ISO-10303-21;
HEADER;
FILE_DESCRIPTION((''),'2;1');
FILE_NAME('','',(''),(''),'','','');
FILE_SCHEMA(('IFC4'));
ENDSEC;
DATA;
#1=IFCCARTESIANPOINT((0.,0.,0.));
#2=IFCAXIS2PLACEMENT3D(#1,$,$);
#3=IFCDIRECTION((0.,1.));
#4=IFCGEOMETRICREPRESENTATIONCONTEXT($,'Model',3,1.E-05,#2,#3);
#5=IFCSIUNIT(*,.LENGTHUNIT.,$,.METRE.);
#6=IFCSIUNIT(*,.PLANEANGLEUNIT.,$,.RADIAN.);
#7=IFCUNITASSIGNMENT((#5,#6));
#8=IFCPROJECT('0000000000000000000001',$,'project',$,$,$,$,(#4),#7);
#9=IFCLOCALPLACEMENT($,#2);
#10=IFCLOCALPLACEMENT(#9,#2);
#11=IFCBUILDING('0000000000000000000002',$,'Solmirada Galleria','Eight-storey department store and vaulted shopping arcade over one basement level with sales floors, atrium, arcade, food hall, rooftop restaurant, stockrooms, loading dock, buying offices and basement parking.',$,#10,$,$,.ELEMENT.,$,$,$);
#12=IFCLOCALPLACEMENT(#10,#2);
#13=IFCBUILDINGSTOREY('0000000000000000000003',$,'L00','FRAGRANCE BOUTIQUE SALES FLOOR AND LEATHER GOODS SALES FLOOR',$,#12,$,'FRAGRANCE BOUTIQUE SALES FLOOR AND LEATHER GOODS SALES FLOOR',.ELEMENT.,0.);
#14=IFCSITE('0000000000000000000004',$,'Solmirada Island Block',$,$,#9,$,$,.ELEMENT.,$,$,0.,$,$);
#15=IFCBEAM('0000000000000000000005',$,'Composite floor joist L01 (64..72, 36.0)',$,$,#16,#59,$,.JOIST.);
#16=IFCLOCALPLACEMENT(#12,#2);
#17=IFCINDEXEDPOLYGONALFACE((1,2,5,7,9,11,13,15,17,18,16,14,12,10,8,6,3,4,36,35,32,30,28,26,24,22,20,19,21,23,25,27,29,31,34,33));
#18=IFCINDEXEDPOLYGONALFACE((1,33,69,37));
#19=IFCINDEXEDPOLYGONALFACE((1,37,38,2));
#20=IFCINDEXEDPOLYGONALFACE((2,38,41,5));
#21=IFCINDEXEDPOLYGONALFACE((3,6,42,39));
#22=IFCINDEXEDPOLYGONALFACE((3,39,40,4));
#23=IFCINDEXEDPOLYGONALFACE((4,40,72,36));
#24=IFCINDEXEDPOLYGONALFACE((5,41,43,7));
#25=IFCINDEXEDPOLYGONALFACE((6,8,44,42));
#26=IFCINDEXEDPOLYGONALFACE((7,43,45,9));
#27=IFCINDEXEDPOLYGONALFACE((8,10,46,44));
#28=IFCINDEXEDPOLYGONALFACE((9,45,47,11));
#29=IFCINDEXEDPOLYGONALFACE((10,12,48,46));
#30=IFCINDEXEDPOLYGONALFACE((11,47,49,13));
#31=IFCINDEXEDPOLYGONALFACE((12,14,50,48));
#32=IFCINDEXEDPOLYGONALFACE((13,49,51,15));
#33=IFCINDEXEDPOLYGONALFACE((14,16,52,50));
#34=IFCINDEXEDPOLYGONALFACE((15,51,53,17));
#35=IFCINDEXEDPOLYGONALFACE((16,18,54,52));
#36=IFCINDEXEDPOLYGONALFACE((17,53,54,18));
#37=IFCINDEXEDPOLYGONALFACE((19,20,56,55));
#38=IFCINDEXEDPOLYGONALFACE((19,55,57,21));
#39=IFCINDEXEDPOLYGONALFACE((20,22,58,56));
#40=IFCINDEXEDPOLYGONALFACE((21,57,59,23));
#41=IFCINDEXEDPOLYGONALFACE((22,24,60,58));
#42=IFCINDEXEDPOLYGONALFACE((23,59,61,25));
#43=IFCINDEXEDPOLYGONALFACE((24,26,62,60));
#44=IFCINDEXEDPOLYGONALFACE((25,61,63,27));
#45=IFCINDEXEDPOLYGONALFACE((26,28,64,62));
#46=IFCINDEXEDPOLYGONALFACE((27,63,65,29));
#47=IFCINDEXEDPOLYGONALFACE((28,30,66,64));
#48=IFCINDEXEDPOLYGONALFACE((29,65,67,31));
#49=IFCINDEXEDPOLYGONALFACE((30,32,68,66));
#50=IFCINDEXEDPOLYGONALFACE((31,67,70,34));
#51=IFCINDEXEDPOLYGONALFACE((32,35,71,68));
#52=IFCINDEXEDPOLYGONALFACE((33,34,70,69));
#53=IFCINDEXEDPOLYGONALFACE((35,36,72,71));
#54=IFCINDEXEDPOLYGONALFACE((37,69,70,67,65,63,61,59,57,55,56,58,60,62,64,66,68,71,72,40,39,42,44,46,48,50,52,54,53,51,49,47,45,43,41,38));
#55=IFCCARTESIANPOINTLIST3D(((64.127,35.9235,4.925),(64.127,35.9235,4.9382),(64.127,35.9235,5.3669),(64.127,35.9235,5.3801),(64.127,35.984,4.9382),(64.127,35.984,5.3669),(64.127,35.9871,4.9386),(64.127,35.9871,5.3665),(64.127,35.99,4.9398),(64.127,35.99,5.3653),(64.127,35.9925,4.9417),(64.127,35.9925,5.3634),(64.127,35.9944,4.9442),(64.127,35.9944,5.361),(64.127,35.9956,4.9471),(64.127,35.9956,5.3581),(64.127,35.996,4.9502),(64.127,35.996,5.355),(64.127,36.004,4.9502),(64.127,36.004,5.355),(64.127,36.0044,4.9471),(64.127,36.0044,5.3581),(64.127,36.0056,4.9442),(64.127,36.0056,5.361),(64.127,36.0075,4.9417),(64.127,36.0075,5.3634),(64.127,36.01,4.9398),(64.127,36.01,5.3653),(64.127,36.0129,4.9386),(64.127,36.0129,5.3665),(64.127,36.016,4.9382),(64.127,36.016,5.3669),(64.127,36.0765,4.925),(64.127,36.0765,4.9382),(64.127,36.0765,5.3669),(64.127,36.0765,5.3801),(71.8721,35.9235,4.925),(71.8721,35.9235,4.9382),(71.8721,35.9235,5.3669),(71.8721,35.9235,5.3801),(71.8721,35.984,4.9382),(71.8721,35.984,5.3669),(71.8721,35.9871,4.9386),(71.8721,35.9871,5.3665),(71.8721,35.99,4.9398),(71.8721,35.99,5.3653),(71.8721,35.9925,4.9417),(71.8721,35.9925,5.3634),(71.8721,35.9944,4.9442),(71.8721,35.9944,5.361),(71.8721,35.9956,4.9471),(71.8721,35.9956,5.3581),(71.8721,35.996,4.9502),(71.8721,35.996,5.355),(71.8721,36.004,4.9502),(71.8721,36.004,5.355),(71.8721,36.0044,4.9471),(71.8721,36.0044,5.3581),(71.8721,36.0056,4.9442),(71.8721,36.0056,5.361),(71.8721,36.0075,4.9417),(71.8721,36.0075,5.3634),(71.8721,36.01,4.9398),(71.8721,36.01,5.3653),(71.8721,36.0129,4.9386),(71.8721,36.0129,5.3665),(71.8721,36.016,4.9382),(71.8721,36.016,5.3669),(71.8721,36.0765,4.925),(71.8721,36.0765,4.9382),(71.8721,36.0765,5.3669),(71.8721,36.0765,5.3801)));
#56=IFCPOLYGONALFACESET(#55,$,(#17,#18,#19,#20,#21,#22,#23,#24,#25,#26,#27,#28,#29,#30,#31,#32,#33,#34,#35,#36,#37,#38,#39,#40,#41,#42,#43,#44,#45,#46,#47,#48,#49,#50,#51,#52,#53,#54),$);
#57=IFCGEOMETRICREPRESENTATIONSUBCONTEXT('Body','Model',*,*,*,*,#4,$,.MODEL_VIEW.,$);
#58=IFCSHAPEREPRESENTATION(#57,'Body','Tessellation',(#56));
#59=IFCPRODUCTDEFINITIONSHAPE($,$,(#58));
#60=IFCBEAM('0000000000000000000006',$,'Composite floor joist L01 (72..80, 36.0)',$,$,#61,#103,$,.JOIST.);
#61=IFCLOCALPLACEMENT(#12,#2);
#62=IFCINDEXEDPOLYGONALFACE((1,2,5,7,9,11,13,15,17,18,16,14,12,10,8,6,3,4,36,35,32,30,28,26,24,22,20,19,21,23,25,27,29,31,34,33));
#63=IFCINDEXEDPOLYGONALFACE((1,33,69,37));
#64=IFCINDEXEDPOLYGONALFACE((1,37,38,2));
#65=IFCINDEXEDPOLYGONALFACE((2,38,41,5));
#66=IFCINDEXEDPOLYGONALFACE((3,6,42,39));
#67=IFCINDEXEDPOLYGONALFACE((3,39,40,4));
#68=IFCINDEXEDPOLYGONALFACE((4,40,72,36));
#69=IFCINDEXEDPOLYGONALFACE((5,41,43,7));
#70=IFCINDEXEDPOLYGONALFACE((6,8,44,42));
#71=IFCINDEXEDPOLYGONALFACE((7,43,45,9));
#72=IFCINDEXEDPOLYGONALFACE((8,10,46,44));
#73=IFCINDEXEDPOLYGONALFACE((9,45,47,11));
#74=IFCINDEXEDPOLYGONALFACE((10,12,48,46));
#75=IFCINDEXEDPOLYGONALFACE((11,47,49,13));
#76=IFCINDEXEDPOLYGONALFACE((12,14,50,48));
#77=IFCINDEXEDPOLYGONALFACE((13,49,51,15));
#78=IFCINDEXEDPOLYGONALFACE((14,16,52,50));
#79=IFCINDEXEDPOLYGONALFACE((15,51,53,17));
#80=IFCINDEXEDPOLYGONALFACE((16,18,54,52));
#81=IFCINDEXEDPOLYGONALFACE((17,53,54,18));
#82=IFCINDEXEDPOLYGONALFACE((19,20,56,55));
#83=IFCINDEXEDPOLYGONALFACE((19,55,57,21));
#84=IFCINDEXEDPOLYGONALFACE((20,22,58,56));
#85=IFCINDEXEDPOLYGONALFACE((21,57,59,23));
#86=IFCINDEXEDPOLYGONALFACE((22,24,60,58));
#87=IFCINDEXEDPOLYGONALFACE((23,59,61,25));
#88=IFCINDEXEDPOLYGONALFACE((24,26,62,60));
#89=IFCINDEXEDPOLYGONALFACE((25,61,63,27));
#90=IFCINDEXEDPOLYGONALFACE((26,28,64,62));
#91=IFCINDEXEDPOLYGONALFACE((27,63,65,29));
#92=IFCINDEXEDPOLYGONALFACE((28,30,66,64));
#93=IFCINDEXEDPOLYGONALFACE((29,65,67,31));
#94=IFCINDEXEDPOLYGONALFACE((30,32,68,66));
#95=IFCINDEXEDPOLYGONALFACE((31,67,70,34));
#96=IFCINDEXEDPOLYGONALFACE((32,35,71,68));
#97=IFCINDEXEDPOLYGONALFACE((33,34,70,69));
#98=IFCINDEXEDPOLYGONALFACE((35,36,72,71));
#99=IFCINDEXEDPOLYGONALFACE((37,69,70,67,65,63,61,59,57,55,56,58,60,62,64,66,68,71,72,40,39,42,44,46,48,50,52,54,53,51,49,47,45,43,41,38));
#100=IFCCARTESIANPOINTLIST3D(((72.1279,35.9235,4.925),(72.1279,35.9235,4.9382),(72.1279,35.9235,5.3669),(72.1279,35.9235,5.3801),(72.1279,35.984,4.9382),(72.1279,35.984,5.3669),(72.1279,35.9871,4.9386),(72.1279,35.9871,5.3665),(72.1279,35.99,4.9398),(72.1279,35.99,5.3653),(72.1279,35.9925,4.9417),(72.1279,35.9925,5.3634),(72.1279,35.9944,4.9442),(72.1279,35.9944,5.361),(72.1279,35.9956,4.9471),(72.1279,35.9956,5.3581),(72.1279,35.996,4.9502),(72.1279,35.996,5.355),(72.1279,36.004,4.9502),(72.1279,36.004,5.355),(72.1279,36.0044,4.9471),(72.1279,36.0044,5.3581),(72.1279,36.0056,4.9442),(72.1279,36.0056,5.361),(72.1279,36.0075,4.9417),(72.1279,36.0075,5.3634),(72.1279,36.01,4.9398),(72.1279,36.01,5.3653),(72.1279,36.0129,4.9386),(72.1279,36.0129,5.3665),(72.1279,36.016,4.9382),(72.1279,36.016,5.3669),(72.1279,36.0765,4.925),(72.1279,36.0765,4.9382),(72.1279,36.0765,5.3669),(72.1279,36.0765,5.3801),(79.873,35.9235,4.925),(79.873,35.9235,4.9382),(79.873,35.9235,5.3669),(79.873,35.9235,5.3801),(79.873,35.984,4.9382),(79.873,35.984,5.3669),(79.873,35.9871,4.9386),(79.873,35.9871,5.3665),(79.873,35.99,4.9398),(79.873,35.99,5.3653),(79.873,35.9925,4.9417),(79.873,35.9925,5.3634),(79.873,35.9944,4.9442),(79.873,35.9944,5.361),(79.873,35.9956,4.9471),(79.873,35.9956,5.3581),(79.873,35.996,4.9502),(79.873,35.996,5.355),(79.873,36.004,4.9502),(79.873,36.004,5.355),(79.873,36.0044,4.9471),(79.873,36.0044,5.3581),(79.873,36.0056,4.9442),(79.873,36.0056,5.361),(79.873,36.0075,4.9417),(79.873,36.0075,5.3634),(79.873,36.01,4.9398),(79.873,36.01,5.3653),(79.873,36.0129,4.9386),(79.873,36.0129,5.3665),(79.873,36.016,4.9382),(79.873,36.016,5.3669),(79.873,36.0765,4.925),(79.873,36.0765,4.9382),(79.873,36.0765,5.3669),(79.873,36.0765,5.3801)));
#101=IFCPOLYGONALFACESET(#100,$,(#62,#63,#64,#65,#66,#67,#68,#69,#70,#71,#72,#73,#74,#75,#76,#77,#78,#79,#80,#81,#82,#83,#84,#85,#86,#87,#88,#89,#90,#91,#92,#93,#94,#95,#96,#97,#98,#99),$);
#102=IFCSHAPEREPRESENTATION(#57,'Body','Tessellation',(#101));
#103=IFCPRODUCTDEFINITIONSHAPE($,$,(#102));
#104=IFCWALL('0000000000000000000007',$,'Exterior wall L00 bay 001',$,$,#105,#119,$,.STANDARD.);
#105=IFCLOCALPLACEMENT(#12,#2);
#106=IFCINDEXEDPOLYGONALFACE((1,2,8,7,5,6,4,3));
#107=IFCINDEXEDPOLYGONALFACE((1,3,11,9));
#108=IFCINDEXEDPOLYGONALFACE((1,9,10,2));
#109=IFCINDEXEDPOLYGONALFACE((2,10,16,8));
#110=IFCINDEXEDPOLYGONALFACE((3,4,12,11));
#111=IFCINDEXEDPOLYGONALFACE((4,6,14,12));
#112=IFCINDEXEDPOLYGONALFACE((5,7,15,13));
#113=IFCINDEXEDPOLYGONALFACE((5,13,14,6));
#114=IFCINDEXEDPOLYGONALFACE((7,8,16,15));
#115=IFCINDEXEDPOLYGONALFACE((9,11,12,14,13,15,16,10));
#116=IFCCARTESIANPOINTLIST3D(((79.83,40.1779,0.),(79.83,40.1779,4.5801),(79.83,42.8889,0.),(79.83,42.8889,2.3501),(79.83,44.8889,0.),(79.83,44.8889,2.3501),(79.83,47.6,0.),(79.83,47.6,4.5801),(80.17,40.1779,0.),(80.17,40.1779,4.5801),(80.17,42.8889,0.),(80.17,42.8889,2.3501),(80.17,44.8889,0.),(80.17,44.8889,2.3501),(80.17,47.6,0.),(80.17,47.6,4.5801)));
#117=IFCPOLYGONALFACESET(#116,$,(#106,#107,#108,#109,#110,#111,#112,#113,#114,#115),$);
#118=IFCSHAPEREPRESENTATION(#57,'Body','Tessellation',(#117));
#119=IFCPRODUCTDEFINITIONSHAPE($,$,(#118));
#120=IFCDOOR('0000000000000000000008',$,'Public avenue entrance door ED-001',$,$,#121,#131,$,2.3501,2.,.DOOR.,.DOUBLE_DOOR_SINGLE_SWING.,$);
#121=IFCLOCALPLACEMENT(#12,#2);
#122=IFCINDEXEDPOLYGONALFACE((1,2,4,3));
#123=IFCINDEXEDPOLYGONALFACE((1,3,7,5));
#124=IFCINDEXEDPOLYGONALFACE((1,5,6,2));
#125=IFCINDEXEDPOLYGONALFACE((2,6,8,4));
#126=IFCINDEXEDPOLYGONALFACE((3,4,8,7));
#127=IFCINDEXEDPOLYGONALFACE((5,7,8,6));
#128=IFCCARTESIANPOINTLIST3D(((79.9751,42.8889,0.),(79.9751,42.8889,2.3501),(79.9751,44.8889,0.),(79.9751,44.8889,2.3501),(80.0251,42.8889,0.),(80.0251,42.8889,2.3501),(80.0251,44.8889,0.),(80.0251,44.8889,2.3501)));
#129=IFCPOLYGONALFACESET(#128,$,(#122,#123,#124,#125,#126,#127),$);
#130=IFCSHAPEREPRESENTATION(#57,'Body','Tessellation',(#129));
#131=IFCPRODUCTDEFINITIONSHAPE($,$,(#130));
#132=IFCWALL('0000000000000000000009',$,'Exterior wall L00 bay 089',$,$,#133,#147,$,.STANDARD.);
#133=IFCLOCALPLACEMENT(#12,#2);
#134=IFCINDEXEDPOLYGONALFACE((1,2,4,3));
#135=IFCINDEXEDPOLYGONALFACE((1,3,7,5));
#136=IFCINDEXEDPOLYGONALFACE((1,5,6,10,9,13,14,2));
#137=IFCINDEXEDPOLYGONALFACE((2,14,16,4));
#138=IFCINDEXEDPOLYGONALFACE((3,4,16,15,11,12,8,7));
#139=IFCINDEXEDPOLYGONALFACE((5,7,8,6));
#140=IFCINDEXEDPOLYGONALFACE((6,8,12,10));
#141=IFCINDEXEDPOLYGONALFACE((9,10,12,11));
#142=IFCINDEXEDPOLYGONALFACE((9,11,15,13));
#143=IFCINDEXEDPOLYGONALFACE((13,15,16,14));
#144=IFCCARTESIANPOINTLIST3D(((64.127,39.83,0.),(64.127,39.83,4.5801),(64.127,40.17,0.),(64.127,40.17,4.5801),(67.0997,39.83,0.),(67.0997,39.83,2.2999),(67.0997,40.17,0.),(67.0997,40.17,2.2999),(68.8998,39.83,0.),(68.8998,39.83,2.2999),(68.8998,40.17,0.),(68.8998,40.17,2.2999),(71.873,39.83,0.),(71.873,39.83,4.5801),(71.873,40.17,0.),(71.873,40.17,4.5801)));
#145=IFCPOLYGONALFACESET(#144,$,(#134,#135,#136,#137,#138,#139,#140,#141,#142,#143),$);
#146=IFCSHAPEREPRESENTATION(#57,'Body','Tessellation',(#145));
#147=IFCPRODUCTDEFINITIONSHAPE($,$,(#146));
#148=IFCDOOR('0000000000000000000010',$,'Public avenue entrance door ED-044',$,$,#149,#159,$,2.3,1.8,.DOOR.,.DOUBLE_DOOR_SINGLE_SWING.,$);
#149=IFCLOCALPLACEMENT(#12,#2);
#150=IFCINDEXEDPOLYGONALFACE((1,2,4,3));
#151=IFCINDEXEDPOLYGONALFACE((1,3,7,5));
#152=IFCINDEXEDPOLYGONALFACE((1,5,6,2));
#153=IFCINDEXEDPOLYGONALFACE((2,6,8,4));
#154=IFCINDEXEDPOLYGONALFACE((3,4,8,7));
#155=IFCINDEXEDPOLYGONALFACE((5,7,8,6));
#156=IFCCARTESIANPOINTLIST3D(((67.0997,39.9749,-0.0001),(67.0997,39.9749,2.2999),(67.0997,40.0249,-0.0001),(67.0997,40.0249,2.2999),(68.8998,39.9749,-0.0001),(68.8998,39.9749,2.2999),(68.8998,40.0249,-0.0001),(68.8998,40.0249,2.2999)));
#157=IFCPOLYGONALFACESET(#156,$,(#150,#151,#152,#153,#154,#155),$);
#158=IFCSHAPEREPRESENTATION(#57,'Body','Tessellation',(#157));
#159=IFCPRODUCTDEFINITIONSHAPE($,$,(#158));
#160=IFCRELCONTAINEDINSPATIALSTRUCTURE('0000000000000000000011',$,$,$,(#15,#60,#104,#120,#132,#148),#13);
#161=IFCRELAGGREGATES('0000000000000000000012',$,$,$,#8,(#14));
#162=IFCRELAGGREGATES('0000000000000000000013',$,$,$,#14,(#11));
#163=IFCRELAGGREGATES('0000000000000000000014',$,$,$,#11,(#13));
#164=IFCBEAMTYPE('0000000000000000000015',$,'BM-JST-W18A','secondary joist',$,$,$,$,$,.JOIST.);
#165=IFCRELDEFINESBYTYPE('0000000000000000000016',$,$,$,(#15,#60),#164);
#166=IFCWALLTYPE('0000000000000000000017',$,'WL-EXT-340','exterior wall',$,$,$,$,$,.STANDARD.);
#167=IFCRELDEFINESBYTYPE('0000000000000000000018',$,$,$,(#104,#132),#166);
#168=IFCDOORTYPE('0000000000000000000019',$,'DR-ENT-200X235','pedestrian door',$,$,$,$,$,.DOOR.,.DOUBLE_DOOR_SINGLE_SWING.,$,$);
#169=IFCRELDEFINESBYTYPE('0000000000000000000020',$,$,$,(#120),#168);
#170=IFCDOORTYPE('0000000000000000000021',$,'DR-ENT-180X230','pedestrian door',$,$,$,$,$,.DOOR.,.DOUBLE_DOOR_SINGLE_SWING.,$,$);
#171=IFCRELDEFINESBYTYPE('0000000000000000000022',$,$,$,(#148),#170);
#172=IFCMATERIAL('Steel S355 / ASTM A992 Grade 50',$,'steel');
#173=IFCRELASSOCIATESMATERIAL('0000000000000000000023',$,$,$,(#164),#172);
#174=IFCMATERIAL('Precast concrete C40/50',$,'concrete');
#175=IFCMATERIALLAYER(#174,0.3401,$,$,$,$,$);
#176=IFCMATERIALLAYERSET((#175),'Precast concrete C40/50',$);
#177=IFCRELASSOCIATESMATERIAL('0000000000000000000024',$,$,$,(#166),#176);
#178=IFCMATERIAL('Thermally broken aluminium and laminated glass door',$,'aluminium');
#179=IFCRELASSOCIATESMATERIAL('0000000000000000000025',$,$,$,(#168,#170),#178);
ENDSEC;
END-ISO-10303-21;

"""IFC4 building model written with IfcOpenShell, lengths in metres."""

from ifc_helpers import new_model, si_unit, direction, frame, frame_2d, origin, origin_2d, place, context, subcontext, project, spatial, rectangle, i_section, extrude, material, layer, layer_set, material_profile, profile_set, type_object, element, fill, save


model = new_model("IFC4")

# Units and contexts
model_context = context("Model", 3, precision=1e-05, world=origin(), true_north=direction((0.0, 1.0)))
body_context = subcontext(model_context, "Body", "Model", "MODEL_VIEW")
ifc_project = project(units=[si_unit("LENGTHUNIT", "METRE"), si_unit("PLANEANGLEUNIT", "RADIAN")], contexts=[model_context])

# Site, building, storey
site_placement = place(None, origin())
site = spatial("IfcSite", under=ifc_project, at=site_placement, Name="Solmirada Island Block", CompositionType="ELEMENT", RefElevation=0.0)
building_placement = place(site_placement, origin())
building = spatial("IfcBuilding", under=site, at=building_placement, Name="Solmirada Galleria", Description="Eight-storey department store and vaulted shopping arcade over one basement level with sales floors, atrium, arcade, food hall, rooftop restaurant, stockrooms, loading dock, buying offices and basement parking.", CompositionType="ELEMENT")
storey_placement = place(building_placement, origin())
storey = spatial("IfcBuildingStorey", under=building, at=storey_placement, Name="L00", Description="FRAGRANCE BOUTIQUE SALES FLOOR AND LEATHER GOODS SALES FLOOR", LongName="FRAGRANCE BOUTIQUE SALES FLOOR AND LEATHER GOODS SALES FLOOR", CompositionType="ELEMENT", Elevation=0.0)

# Beams
ifc_material_1 = material(Name="Steel S355 / ASTM A992 Grade 50", Category="steel")
ifc_material_profile_1 = material_profile(ifc_material_1, i_section(OverallWidth=0.1531, OverallDepth=0.4551, WebThickness=0.0081, FlangeThickness=0.0132, FilletRadius=0.012, at=origin_2d()), Name="W18X40")
ifc_profile_set_1 = profile_set([ifc_material_profile_1], Name="Steel S355 / ASTM A992 Grade 50")
beam_type_1 = type_object("IfcBeamType", Name="BM-JST-W18A", Description="secondary joist", PredefinedType="JOIST", material=ifc_profile_set_1)
for number, where, z_axis, x_axis, name in (
    (1, (64.127, 36.0, 5.1526), (1.0, 0.0, 0.0), (0.0, 1.0, 0.0), "Composite floor joist L01 (64..72, 36.0)"),
    (2, (72.1279, 36.0, 5.1526), (1.0, 0.0, 0.0), (0.0, 1.0, 0.0), "Composite floor joist L01 (72..80, 36.0)"),
):
    element("IfcBeam", number, at=place(storey_placement, frame(where, z_axis=z_axis, x_axis=x_axis)), inside=storey, type_object=beam_type_1, Name=name, PredefinedType="JOIST", context=body_context, shape_type="SweptSolid", body=[
        extrude(i_section(OverallWidth=0.1531, OverallDepth=0.4551, WebThickness=0.0081, FlangeThickness=0.0132, FilletRadius=0.012, at=origin_2d()), origin(), (0.0, 0.0, 1.0), 7.7451),
    ])

# Walls, openings, doors
ifc_material_2 = material(Name="Precast concrete C40/50", Category="concrete")
ifc_layer_1 = layer(ifc_material_2, 0.3401)
ifc_layer_set_1 = layer_set([ifc_layer_1], Name="Precast concrete C40/50")
wall_type = type_object("IfcWallType", Name="WL-EXT-340", Description="exterior wall", PredefinedType="STANDARD", material=ifc_layer_set_1)
wall_1_placement = place(storey_placement, frame((80.0, 40.178, 0.0), z_axis=(0.0, 0.0, 1.0), x_axis=(0.0, 1.0, 0.0)))
wall_1 = element("IfcWall", 3, at=wall_1_placement, inside=storey, type_object=wall_type, Name="Exterior wall L00 bay 001", PredefinedType="STANDARD", context=body_context, shape_type="SweptSolid", body=[
    extrude(rectangle(XDim=7.4221, YDim=0.3401, at=frame_2d((3.7109, 0.0))), origin(), (0.0, 0.0, 1.0), 4.5801),
])
opening_1_placement = place(wall_1_placement, frame((2.7109, 0.0, 0.0)))
opening_1 = element("IfcOpeningElement", 4, at=opening_1_placement, cuts=wall_1, PredefinedType="OPENING", context=body_context, shape_type="SweptSolid", body=[
    extrude(rectangle(XDim=2.0, YDim=2.3501, at=frame_2d((1.0, 1.175))), frame((0.0, 0.1799, 0.0), z_axis=(0.0, -1.0, 0.0), x_axis=(1.0, 0.0, 0.0)), (0.0, 0.0, 1.0), 0.3601),
])
ifc_material_3 = material(Name="Thermally broken aluminium and laminated glass door", Category="aluminium")
door_type_1 = type_object("IfcDoorType", Name="DR-ENT-200X235", Description="pedestrian door", OperationType="DOUBLE_DOOR_SINGLE_SWING", PredefinedType="DOOR", material=ifc_material_3)
door_1_placement = place(opening_1_placement, origin())
door_1 = element("IfcDoor", 5, at=door_1_placement, inside=storey, type_object=door_type_1, Name="Public avenue entrance door ED-001", OperationType="DOUBLE_DOOR_SINGLE_SWING", OverallHeight=2.3501, OverallWidth=2.0, PredefinedType="DOOR", context=body_context, shape_type="SweptSolid", body=[
    extrude(rectangle(XDim=2.0, YDim=2.3501, at=frame_2d((1.0, 1.175))), frame((0.0, 0.0249, 0.0), z_axis=(0.0, -1.0, 0.0), x_axis=(1.0, 0.0, 0.0)), (0.0, 0.0, 1.0), 0.05),
])
fill(opening_1, door_1)
wall_2_placement = place(storey_placement, frame((64.127, 40.0, 0.0), z_axis=(0.0, 0.0, 1.0), x_axis=(1.0, 0.0, 0.0)))
wall_2 = element("IfcWall", 6, at=wall_2_placement, inside=storey, type_object=wall_type, Name="Exterior wall L00 bay 089", PredefinedType="STANDARD", context=body_context, shape_type="SweptSolid", body=[
    extrude(rectangle(XDim=7.7461, YDim=0.3401, at=frame_2d((3.873, 0.0))), origin(), (0.0, 0.0, 1.0), 4.5801),
])
opening_2_placement = place(wall_2_placement, frame((2.9729, 0.0, 0.0)))
opening_2 = element("IfcOpeningElement", 7, at=opening_2_placement, cuts=wall_2, PredefinedType="OPENING", context=body_context, shape_type="SweptSolid", body=[
    extrude(rectangle(XDim=1.8, YDim=2.3, at=frame_2d((0.8999, 1.1499))), frame((0.0, 0.1799, 0.0), z_axis=(0.0, -1.0, 0.0), x_axis=(1.0, 0.0, 0.0)), (0.0, 0.0, 1.0), 0.3601),
])
door_type_2 = type_object("IfcDoorType", Name="DR-ENT-180X230", Description="pedestrian door", OperationType="DOUBLE_DOOR_SINGLE_SWING", PredefinedType="DOOR", material=ifc_material_3)
door_2_placement = place(opening_2_placement, origin())
door_2 = element("IfcDoor", 8, at=door_2_placement, inside=storey, type_object=door_type_2, Name="Public avenue entrance door ED-044", OperationType="DOUBLE_DOOR_SINGLE_SWING", OverallHeight=2.3, OverallWidth=1.8, PredefinedType="DOOR", context=body_context, shape_type="SweptSolid", body=[
    extrude(rectangle(XDim=1.8, YDim=2.3, at=frame_2d((0.8999, 1.1499))), frame((0.0, 0.0249, 0.0), z_axis=(0.0, -1.0, 0.0), x_axis=(1.0, 0.0, 0.0)), (0.0, 0.0, 1.0), 0.05),
])
fill(opening_2, door_2)

save(model, "model.ifc")
